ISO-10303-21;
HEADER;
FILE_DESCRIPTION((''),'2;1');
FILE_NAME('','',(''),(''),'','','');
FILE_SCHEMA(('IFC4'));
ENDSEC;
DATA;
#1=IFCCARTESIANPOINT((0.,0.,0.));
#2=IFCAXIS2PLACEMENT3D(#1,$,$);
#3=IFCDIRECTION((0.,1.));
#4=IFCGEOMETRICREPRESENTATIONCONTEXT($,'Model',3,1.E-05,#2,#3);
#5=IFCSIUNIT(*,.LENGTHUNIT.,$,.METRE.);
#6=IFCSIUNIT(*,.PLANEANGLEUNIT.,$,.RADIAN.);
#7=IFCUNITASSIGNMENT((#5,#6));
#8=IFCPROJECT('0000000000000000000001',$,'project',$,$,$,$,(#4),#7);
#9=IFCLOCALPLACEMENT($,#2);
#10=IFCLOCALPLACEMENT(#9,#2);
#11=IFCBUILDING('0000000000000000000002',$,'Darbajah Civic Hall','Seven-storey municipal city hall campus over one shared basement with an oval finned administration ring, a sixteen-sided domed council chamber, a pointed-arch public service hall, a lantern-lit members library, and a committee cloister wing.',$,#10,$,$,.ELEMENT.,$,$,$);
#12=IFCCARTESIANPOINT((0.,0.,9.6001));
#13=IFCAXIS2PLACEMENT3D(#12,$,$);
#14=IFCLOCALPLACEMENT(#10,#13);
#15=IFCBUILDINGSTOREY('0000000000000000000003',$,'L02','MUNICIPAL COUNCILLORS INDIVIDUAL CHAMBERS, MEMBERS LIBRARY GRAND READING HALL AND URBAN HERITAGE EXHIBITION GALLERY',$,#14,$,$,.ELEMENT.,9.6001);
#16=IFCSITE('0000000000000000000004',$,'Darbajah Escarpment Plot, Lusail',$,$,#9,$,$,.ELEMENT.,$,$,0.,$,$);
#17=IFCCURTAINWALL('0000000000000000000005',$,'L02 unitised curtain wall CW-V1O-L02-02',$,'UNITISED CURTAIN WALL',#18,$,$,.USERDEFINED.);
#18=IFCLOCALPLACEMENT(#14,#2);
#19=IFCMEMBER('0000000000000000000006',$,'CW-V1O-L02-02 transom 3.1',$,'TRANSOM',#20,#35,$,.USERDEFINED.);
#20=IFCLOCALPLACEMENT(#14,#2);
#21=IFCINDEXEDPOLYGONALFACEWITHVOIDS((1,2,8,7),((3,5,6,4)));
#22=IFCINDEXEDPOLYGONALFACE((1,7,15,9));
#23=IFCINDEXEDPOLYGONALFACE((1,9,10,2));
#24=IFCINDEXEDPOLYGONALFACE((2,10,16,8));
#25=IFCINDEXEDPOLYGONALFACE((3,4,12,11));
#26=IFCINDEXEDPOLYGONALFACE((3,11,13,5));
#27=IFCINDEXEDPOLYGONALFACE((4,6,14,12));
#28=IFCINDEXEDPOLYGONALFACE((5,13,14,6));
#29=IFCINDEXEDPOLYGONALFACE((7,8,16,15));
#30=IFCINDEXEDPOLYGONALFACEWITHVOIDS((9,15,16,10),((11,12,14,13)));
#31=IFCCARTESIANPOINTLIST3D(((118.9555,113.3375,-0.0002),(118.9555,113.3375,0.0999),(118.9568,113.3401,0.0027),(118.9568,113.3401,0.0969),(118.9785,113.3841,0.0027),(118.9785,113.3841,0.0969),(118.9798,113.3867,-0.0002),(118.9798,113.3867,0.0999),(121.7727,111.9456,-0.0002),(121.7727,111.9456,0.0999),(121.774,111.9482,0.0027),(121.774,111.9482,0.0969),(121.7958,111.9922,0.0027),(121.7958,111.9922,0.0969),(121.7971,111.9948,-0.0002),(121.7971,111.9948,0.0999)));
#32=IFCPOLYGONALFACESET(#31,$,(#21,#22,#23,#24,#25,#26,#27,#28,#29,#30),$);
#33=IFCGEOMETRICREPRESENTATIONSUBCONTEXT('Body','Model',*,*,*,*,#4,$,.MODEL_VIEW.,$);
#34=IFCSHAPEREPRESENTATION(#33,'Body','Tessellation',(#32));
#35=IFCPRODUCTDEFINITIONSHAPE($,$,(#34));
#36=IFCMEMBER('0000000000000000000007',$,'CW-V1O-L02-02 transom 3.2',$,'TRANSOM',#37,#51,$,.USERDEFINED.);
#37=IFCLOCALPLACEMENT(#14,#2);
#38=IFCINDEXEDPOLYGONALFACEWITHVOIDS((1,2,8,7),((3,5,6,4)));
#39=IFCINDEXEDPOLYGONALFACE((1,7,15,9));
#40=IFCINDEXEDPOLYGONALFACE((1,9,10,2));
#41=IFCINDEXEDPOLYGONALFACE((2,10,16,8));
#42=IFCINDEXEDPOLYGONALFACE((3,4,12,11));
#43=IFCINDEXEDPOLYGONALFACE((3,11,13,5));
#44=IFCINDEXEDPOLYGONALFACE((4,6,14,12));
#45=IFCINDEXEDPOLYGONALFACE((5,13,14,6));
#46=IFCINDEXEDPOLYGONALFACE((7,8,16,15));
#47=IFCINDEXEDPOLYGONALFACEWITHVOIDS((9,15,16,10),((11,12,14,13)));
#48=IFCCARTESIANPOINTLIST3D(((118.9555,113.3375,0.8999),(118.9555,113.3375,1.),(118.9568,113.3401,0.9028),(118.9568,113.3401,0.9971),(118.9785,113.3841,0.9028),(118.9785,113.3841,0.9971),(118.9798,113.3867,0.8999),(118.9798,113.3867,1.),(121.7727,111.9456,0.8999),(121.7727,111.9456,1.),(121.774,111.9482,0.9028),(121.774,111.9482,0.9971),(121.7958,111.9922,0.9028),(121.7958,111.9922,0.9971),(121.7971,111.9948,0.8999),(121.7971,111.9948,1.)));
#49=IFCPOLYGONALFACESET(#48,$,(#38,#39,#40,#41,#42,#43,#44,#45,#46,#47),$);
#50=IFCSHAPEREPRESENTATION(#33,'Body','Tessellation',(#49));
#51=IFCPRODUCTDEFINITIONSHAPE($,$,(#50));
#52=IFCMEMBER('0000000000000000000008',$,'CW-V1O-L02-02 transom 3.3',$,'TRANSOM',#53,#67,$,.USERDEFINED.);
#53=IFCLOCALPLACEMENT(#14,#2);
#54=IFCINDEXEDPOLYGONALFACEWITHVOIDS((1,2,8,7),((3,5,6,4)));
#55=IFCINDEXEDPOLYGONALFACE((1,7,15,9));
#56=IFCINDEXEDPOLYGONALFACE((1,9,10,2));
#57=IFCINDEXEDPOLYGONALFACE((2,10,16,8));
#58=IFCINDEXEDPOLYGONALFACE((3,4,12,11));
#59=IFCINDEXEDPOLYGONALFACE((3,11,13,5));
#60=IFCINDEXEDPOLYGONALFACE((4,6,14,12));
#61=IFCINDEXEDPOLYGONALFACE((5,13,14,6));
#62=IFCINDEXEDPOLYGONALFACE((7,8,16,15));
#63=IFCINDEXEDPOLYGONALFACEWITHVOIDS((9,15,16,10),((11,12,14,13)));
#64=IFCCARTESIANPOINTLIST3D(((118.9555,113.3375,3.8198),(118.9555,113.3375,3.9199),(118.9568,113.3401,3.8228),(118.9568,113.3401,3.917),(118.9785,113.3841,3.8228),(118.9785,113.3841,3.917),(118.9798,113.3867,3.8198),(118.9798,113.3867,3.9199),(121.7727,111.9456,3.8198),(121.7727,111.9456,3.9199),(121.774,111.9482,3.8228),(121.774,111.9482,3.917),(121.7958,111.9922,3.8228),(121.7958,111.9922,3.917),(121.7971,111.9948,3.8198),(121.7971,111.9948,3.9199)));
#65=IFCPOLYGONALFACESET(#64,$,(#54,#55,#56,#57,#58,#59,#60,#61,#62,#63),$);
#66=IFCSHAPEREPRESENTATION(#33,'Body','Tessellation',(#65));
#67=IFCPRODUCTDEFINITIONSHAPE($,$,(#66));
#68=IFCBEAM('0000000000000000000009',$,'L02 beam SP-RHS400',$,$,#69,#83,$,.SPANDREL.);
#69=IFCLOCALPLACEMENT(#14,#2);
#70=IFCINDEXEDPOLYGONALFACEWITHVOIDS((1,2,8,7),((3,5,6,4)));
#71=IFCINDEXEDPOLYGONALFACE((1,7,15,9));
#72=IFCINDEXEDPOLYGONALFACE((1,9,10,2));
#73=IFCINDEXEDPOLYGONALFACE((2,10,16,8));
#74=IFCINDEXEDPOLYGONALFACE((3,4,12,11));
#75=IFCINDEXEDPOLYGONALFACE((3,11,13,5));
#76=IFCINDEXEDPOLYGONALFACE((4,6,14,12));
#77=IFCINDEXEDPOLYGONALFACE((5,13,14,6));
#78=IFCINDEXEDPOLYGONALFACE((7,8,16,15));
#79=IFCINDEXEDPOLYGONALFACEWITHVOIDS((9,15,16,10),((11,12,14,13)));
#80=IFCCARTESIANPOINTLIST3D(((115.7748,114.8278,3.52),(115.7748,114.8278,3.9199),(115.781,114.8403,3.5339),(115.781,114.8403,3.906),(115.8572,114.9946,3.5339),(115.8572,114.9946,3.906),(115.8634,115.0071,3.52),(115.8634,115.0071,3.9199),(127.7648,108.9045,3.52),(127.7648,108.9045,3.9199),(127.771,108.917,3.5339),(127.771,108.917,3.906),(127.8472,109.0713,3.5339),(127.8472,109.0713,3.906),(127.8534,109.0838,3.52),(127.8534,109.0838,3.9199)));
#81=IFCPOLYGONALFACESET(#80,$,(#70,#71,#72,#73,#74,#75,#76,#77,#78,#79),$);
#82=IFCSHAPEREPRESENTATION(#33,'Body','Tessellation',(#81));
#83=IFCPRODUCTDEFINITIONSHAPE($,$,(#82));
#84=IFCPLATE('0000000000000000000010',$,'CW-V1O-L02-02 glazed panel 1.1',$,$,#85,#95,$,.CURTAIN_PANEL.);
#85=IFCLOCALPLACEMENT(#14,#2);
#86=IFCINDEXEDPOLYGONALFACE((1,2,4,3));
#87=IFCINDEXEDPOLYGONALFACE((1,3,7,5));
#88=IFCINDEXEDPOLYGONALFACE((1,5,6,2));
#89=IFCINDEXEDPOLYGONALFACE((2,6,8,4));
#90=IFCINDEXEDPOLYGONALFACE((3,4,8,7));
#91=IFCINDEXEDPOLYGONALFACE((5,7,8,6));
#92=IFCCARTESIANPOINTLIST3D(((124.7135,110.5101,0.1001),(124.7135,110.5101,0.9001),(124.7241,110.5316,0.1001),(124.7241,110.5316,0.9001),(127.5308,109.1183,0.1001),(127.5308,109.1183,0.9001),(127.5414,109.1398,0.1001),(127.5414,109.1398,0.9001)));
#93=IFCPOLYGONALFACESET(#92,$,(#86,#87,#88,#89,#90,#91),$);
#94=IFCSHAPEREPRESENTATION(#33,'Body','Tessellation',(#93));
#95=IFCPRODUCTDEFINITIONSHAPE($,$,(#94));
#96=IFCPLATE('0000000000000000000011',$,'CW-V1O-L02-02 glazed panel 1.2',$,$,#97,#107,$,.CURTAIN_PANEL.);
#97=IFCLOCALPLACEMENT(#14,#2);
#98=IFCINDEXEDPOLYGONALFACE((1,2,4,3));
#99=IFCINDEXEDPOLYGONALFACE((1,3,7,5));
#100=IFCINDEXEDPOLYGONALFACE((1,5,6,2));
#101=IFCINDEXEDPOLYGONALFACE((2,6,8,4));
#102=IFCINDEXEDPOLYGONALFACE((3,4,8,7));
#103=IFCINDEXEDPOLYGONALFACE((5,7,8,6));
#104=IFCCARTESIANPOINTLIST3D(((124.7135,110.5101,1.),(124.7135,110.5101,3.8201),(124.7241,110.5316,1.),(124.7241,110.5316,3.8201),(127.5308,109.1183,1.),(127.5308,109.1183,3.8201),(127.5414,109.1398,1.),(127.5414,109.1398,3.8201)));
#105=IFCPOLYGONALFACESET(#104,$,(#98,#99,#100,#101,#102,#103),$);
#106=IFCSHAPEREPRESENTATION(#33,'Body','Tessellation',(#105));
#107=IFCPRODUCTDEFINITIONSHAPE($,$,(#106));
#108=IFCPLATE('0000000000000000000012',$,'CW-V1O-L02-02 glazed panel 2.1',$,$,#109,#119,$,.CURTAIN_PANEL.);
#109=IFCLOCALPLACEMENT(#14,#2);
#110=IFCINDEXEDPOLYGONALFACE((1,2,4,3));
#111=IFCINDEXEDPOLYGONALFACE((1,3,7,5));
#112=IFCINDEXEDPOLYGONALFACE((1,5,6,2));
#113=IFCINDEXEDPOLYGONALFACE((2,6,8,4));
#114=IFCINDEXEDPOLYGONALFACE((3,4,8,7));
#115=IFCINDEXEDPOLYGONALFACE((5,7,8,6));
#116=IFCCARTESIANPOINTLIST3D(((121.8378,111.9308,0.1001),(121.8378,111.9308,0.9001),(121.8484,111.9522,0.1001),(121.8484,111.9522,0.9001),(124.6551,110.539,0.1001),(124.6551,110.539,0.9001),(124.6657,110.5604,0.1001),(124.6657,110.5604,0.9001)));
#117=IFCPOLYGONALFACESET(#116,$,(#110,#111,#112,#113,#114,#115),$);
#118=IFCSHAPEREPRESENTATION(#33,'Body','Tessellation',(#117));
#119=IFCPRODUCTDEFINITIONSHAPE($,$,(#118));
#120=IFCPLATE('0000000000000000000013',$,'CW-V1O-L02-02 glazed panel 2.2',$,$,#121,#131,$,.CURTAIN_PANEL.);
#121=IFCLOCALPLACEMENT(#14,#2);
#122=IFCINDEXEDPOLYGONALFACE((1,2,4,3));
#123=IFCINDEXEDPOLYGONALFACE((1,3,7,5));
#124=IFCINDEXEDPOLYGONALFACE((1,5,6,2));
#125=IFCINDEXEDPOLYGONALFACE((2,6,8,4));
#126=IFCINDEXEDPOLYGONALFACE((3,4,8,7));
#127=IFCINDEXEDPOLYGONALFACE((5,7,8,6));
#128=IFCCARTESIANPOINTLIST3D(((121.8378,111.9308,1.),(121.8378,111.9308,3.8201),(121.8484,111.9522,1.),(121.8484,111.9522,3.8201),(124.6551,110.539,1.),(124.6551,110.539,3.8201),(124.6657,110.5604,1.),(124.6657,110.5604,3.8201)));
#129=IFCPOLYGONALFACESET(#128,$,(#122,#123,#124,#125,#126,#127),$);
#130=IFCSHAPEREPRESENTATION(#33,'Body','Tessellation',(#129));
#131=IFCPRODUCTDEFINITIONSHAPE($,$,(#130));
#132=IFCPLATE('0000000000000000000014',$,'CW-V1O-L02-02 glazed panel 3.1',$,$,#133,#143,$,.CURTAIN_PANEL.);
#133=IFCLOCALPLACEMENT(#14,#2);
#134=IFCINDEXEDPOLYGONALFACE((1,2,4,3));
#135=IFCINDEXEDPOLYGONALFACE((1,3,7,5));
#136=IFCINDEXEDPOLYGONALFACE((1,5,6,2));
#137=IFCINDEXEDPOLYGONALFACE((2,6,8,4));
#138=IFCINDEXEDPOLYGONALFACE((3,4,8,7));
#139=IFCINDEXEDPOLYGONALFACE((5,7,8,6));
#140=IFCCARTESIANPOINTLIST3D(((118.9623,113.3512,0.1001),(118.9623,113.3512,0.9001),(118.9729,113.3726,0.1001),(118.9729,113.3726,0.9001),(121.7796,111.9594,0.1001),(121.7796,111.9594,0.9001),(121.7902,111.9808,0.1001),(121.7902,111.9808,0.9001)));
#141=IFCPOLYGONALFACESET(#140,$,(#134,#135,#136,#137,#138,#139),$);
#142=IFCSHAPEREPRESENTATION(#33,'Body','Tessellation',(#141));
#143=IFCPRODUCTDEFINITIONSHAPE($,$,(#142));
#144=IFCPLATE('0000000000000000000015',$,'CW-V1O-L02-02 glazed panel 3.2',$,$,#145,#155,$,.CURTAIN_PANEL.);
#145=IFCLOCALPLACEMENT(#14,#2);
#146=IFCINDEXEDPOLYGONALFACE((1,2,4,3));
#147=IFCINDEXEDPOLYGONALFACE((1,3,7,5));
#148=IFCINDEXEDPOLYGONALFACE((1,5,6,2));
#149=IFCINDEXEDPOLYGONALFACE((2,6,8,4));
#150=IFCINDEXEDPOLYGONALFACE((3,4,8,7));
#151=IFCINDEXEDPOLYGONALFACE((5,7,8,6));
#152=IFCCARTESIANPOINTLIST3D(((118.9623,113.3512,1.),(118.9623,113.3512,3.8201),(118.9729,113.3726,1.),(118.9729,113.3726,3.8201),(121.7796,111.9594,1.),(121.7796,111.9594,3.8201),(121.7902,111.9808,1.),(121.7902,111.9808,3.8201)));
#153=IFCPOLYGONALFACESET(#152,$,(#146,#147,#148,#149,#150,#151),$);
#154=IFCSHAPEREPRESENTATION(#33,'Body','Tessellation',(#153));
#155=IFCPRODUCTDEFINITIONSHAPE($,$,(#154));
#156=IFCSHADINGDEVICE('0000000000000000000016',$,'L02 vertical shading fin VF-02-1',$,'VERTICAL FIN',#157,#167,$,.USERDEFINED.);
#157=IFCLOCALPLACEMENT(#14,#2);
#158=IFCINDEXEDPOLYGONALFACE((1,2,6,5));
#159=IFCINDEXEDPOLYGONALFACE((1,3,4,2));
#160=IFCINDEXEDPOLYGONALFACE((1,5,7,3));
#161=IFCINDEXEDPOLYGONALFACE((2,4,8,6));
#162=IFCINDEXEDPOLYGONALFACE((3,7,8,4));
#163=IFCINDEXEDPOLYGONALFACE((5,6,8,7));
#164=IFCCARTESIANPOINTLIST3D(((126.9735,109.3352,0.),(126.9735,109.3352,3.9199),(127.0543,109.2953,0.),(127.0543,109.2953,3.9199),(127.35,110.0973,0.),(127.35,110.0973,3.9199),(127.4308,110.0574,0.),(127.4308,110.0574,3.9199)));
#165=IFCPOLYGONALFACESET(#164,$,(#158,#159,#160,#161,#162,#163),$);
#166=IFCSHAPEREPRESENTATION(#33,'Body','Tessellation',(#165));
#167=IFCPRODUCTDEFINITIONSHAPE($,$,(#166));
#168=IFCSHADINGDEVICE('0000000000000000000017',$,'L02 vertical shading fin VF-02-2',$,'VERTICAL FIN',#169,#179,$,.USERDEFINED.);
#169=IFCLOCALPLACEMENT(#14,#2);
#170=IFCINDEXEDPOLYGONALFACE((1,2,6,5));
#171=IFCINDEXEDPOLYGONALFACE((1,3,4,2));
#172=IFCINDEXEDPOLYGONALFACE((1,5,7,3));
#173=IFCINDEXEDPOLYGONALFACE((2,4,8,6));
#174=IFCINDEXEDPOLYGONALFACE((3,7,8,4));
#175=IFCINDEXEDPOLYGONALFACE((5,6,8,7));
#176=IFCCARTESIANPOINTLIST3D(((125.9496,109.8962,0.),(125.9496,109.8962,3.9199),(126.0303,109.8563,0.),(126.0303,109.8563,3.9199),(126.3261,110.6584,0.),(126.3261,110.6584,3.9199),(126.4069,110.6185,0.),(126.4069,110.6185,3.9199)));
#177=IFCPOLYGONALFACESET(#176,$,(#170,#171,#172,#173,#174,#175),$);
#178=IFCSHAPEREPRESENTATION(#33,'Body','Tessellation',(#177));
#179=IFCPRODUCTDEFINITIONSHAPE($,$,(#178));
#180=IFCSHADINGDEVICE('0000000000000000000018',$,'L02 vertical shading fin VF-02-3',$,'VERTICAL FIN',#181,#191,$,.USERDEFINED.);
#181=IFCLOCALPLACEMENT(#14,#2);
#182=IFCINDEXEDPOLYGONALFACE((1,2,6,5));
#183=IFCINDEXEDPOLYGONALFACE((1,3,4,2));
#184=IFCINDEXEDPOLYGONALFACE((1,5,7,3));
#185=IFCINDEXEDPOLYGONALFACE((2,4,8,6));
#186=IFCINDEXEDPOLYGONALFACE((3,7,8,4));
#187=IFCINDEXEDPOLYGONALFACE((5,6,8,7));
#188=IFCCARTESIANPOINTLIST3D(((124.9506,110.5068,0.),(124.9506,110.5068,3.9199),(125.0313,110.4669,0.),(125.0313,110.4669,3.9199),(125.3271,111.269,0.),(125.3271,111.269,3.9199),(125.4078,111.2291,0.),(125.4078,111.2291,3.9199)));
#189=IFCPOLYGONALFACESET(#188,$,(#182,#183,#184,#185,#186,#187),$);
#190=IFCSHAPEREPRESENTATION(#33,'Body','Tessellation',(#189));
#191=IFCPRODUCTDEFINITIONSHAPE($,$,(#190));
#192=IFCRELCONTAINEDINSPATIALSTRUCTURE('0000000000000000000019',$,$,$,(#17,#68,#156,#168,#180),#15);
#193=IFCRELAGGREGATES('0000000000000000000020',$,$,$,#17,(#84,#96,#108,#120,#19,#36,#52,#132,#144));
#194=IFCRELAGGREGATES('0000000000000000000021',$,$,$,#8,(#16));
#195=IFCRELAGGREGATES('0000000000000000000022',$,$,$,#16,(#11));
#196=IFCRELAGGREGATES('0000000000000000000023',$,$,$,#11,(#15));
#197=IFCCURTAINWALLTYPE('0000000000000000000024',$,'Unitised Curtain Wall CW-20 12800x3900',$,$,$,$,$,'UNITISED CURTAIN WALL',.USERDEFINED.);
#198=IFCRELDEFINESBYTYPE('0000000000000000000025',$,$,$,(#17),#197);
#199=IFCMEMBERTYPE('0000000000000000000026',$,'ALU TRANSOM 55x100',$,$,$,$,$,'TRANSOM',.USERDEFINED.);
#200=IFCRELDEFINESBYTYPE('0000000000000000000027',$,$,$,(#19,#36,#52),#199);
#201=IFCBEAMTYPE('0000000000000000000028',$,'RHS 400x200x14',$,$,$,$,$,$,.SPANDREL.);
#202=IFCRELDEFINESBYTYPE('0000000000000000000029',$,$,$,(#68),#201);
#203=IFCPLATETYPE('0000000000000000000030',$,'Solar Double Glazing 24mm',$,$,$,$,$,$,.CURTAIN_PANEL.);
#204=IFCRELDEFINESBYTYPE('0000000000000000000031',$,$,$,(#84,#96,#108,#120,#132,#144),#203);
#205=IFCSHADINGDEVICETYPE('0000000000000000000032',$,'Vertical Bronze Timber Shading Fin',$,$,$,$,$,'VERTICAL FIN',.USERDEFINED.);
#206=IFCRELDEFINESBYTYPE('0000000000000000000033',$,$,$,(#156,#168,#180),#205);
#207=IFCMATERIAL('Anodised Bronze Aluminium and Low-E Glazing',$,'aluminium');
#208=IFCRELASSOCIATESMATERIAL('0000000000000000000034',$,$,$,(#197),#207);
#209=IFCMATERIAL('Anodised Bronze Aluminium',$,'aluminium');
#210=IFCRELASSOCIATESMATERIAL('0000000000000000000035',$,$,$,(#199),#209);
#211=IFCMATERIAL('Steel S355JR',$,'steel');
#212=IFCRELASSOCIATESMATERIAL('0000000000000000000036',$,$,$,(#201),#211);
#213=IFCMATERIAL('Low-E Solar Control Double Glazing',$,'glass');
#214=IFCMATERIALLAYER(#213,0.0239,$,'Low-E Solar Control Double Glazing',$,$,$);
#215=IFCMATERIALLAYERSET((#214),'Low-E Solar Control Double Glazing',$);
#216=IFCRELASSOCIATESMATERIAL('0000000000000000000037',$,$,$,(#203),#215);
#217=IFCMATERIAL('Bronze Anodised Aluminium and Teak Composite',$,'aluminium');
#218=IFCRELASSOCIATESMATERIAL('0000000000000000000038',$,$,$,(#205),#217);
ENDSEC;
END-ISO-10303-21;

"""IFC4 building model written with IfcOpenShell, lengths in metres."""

from ifc_helpers import new_model, si_unit, direction, frame, origin, origin_2d, place, context, subcontext, project, spatial, rectangle, hollow_rectangle, extrude, material, layer, layer_set, material_profile, profile_set, type_object, element, aggregate, save


model = new_model("IFC4")

# Units and contexts
model_context = context("Model", 3, precision=1e-05, world=origin(), true_north=direction((0.0, 1.0)))
body_context = subcontext(model_context, "Body", "Model", "MODEL_VIEW")
ifc_project = project(units=[si_unit("LENGTHUNIT", "METRE"), si_unit("PLANEANGLEUNIT", "RADIAN")], contexts=[model_context])

# Site, building, storey
site_placement = place(None, origin())
site = spatial("IfcSite", under=ifc_project, at=site_placement, Name="Darbajah Escarpment Plot, Lusail", CompositionType="ELEMENT", RefElevation=0.0)
building_placement = place(site_placement, origin())
building = spatial("IfcBuilding", under=site, at=building_placement, Name="Darbajah Civic Hall", Description="Seven-storey municipal city hall campus over one shared basement with an oval finned administration ring, a sixteen-sided domed council chamber, a pointed-arch public service hall, a lantern-lit members library, and a committee cloister wing.", CompositionType="ELEMENT")
storey_placement = place(building_placement, frame((0.0, 0.0, 9.6001)))
storey = spatial("IfcBuildingStorey", under=building, at=storey_placement, Name="L02", Description="MUNICIPAL COUNCILLORS INDIVIDUAL CHAMBERS, MEMBERS LIBRARY GRAND READING HALL AND URBAN HERITAGE EXHIBITION GALLERY", CompositionType="ELEMENT", Elevation=9.6001)

# Curtain wall, members
ifc_material_1 = material(Name="Anodised Bronze Aluminium and Low-E Glazing", Category="aluminium")
curtain_wall_type = type_object("IfcCurtainWallType", Name="Unitised Curtain Wall CW-20 12800x3900", ElementType="UNITISED CURTAIN WALL", PredefinedType="USERDEFINED", material=ifc_material_1)
curtain_wall_placement = place(storey_placement, origin())
curtain_wall = element("IfcCurtainWall", 1, at=curtain_wall_placement, inside=storey, type_object=curtain_wall_type, Name="L02 unitised curtain wall CW-V1O-L02-02", ObjectType="UNITISED CURTAIN WALL", PredefinedType="USERDEFINED")
ifc_material_2 = material(Name="Anodised Bronze Aluminium", Category="aluminium")
ifc_material_profile_1 = material_profile(ifc_material_2, hollow_rectangle(XDim=0.0549, YDim=0.1001, WallThickness=0.0029, at=origin_2d()), Name="ALU TRANSOM 55x100")
ifc_profile_set_1 = profile_set([ifc_material_profile_1], Name="Anodised Bronze Aluminium")
member_type_1 = type_object("IfcMemberType", Name="ALU TRANSOM 55x100", ElementType="TRANSOM", PredefinedType="USERDEFINED", material=ifc_profile_set_1)
member_1_placement = place(storey_placement, frame((121.7849, 111.9702, 0.0498), z_axis=(-0.896546, 0.442951, 0.0), x_axis=(-0.442951, -0.896546, 0.0)))
member_1 = element("IfcMember", 2, at=member_1_placement, type_object=member_type_1, Name="CW-V1O-L02-02 transom 3.1", ObjectType="TRANSOM", PredefinedType="USERDEFINED", context=body_context, shape_type="SweptSolid", body=[
    extrude(hollow_rectangle(XDim=0.0549, YDim=0.1001, WallThickness=0.0029, at=origin_2d()), origin(), (0.0, 0.0, 1.0), 3.1423),
])
member_2_placement = place(storey_placement, frame((121.7849, 111.9702, 0.95), z_axis=(-0.896546, 0.442951, 0.0), x_axis=(-0.442951, -0.896546, 0.0)))
member_2 = element("IfcMember", 3, at=member_2_placement, type_object=member_type_1, Name="CW-V1O-L02-02 transom 3.2", ObjectType="TRANSOM", PredefinedType="USERDEFINED", context=body_context, shape_type="SweptSolid", body=[
    extrude(hollow_rectangle(XDim=0.0549, YDim=0.1001, WallThickness=0.0029, at=origin_2d()), origin(), (0.0, 0.0, 1.0), 3.1423),
])
member_3_placement = place(storey_placement, frame((121.7849, 111.9702, 3.8699), z_axis=(-0.896546, 0.442951, 0.0), x_axis=(-0.442951, -0.896546, 0.0)))
member_3 = element("IfcMember", 4, at=member_3_placement, type_object=member_type_1, Name="CW-V1O-L02-02 transom 3.3", ObjectType="TRANSOM", PredefinedType="USERDEFINED", context=body_context, shape_type="SweptSolid", body=[
    extrude(hollow_rectangle(XDim=0.0549, YDim=0.1001, WallThickness=0.0029, at=origin_2d()), origin(), (0.0, 0.0, 1.0), 3.1423),
])

# Beam
ifc_material_3 = material(Name="Steel S355JR", Category="steel")
ifc_material_profile_2 = material_profile(ifc_material_3, hollow_rectangle(XDim=0.2, YDim=0.3999, WallThickness=0.0139, at=origin_2d()), Name="RHS 400x200x14")
ifc_profile_set_2 = profile_set([ifc_material_profile_2], Name="Steel S355JR")
beam_type = type_object("IfcBeamType", Name="RHS 400x200x14", PredefinedType="SPANDREL", material=ifc_profile_set_2)
beam_placement = place(storey_placement, frame((127.8091, 108.9941, 3.72), z_axis=(-0.89656, 0.442922, 0.0), x_axis=(-0.442922, -0.89656, 0.0)))
element("IfcBeam", 5, at=beam_placement, inside=storey, type_object=beam_type, Name="L02 beam SP-RHS400", PredefinedType="SPANDREL", context=body_context, shape_type="SweptSolid", body=[
    extrude(hollow_rectangle(XDim=0.2, YDim=0.3999, WallThickness=0.0139, at=origin_2d()), origin(), (0.0, 0.0, 1.0), 13.3733),
])

# Plates
ifc_material_4 = material(Name="Low-E Solar Control Double Glazing", Category="glass")
ifc_layer = layer(ifc_material_4, 0.0239, Name="Low-E Solar Control Double Glazing")
ifc_layer_set = layer_set([ifc_layer], Name="Low-E Solar Control Double Glazing")
plate_type = type_object("IfcPlateType", Name="Solar Double Glazing 24mm", PredefinedType="CURTAIN_PANEL", material=ifc_layer_set)
plate_1_placement = place(storey_placement, frame((126.1274, 109.825, 0.1001), z_axis=(0.0, 0.0, 1.0), x_axis=(-0.896564, 0.442915, 0.0)))
plate_1 = element("IfcPlate", 6, at=plate_1_placement, type_object=plate_type, Name="CW-V1O-L02-02 glazed panel 1.1", PredefinedType="CURTAIN_PANEL", context=body_context, shape_type="SweptSolid", body=[
    extrude(rectangle(XDim=3.1423, YDim=0.0239, at=origin_2d()), origin(), (0.0, 0.0, 1.0), 0.8),
])
plate_2_placement = place(storey_placement, frame((126.1274, 109.825, 1.0), z_axis=(0.0, 0.0, 1.0), x_axis=(-0.896564, 0.442915, 0.0)))
plate_2 = element("IfcPlate", 7, at=plate_2_placement, type_object=plate_type, Name="CW-V1O-L02-02 glazed panel 1.2", PredefinedType="CURTAIN_PANEL", context=body_context, shape_type="SweptSolid", body=[
    extrude(rectangle(XDim=3.1423, YDim=0.0239, at=origin_2d()), origin(), (0.0, 0.0, 1.0), 2.8201),
])
plate_3_placement = place(storey_placement, frame((123.2517, 111.2456, 0.1001), z_axis=(0.0, 0.0, 1.0), x_axis=(-0.896564, 0.442915, 0.0)))
plate_3 = element("IfcPlate", 8, at=plate_3_placement, type_object=plate_type, Name="CW-V1O-L02-02 glazed panel 2.1", PredefinedType="CURTAIN_PANEL", context=body_context, shape_type="SweptSolid", body=[
    extrude(rectangle(XDim=3.1423, YDim=0.0239, at=origin_2d()), origin(), (0.0, 0.0, 1.0), 0.8),
])
plate_4_placement = place(storey_placement, frame((123.2517, 111.2456, 1.0), z_axis=(0.0, 0.0, 1.0), x_axis=(-0.896564, 0.442915, 0.0)))
plate_4 = element("IfcPlate", 9, at=plate_4_placement, type_object=plate_type, Name="CW-V1O-L02-02 glazed panel 2.2", PredefinedType="CURTAIN_PANEL", context=body_context, shape_type="SweptSolid", body=[
    extrude(rectangle(XDim=3.1423, YDim=0.0239, at=origin_2d()), origin(), (0.0, 0.0, 1.0), 2.8201),
])
plate_5_placement = place(storey_placement, frame((120.3762, 112.666, 0.1001), z_axis=(0.0, 0.0, 1.0), x_axis=(-0.896564, 0.442915, 0.0)))
plate_5 = element("IfcPlate", 10, at=plate_5_placement, type_object=plate_type, Name="CW-V1O-L02-02 glazed panel 3.1", PredefinedType="CURTAIN_PANEL", context=body_context, shape_type="SweptSolid", body=[
    extrude(rectangle(XDim=3.1423, YDim=0.0239, at=origin_2d()), origin(), (0.0, 0.0, 1.0), 0.8),
])
plate_6_placement = place(storey_placement, frame((120.3762, 112.666, 1.0), z_axis=(0.0, 0.0, 1.0), x_axis=(-0.896564, 0.442915, 0.0)))
plate_6 = element("IfcPlate", 11, at=plate_6_placement, type_object=plate_type, Name="CW-V1O-L02-02 glazed panel 3.2", PredefinedType="CURTAIN_PANEL", context=body_context, shape_type="SweptSolid", body=[
    extrude(rectangle(XDim=3.1423, YDim=0.0239, at=origin_2d()), origin(), (0.0, 0.0, 1.0), 2.8201),
])
aggregate(curtain_wall, [plate_1, plate_2, plate_3, plate_4, member_1, member_2, member_3, plate_5, plate_6])

# Shading devices
ifc_material_5 = material(Name="Bronze Anodised Aluminium and Teak Composite", Category="aluminium")
shading_device_type = type_object("IfcShadingDeviceType", Name="Vertical Bronze Timber Shading Fin", ElementType="VERTICAL FIN", PredefinedType="USERDEFINED", material=ifc_material_5)
for number, where, z_axis, x_axis, name in (
    (12, (127.2021, 109.6963, 0.0), (0.0, 0.0, 1.0), (0.442915, 0.896564, 0.0), "L02 vertical shading fin VF-02-1"),
    (13, (126.1782, 110.2573, 0.0), (0.0, 0.0, 1.0), (0.442915, 0.896564, 0.0), "L02 vertical shading fin VF-02-2"),
    (14, (125.1792, 110.8679, 0.0), (0.0, 0.0, 1.0), (0.442915, 0.896564, 0.0), "L02 vertical shading fin VF-02-3"),
):
    element("IfcShadingDevice", number, at=place(storey_placement, frame(where, z_axis=z_axis, x_axis=x_axis)), inside=storey, type_object=shading_device_type, Name=name, ObjectType="VERTICAL FIN", PredefinedType="USERDEFINED", context=body_context, shape_type="SweptSolid", body=[
        extrude(rectangle(XDim=0.8501, YDim=0.0901, at=origin_2d()), origin(), (0.0, 0.0, 1.0), 3.9199),
    ])

save(model, "model.ifc")
